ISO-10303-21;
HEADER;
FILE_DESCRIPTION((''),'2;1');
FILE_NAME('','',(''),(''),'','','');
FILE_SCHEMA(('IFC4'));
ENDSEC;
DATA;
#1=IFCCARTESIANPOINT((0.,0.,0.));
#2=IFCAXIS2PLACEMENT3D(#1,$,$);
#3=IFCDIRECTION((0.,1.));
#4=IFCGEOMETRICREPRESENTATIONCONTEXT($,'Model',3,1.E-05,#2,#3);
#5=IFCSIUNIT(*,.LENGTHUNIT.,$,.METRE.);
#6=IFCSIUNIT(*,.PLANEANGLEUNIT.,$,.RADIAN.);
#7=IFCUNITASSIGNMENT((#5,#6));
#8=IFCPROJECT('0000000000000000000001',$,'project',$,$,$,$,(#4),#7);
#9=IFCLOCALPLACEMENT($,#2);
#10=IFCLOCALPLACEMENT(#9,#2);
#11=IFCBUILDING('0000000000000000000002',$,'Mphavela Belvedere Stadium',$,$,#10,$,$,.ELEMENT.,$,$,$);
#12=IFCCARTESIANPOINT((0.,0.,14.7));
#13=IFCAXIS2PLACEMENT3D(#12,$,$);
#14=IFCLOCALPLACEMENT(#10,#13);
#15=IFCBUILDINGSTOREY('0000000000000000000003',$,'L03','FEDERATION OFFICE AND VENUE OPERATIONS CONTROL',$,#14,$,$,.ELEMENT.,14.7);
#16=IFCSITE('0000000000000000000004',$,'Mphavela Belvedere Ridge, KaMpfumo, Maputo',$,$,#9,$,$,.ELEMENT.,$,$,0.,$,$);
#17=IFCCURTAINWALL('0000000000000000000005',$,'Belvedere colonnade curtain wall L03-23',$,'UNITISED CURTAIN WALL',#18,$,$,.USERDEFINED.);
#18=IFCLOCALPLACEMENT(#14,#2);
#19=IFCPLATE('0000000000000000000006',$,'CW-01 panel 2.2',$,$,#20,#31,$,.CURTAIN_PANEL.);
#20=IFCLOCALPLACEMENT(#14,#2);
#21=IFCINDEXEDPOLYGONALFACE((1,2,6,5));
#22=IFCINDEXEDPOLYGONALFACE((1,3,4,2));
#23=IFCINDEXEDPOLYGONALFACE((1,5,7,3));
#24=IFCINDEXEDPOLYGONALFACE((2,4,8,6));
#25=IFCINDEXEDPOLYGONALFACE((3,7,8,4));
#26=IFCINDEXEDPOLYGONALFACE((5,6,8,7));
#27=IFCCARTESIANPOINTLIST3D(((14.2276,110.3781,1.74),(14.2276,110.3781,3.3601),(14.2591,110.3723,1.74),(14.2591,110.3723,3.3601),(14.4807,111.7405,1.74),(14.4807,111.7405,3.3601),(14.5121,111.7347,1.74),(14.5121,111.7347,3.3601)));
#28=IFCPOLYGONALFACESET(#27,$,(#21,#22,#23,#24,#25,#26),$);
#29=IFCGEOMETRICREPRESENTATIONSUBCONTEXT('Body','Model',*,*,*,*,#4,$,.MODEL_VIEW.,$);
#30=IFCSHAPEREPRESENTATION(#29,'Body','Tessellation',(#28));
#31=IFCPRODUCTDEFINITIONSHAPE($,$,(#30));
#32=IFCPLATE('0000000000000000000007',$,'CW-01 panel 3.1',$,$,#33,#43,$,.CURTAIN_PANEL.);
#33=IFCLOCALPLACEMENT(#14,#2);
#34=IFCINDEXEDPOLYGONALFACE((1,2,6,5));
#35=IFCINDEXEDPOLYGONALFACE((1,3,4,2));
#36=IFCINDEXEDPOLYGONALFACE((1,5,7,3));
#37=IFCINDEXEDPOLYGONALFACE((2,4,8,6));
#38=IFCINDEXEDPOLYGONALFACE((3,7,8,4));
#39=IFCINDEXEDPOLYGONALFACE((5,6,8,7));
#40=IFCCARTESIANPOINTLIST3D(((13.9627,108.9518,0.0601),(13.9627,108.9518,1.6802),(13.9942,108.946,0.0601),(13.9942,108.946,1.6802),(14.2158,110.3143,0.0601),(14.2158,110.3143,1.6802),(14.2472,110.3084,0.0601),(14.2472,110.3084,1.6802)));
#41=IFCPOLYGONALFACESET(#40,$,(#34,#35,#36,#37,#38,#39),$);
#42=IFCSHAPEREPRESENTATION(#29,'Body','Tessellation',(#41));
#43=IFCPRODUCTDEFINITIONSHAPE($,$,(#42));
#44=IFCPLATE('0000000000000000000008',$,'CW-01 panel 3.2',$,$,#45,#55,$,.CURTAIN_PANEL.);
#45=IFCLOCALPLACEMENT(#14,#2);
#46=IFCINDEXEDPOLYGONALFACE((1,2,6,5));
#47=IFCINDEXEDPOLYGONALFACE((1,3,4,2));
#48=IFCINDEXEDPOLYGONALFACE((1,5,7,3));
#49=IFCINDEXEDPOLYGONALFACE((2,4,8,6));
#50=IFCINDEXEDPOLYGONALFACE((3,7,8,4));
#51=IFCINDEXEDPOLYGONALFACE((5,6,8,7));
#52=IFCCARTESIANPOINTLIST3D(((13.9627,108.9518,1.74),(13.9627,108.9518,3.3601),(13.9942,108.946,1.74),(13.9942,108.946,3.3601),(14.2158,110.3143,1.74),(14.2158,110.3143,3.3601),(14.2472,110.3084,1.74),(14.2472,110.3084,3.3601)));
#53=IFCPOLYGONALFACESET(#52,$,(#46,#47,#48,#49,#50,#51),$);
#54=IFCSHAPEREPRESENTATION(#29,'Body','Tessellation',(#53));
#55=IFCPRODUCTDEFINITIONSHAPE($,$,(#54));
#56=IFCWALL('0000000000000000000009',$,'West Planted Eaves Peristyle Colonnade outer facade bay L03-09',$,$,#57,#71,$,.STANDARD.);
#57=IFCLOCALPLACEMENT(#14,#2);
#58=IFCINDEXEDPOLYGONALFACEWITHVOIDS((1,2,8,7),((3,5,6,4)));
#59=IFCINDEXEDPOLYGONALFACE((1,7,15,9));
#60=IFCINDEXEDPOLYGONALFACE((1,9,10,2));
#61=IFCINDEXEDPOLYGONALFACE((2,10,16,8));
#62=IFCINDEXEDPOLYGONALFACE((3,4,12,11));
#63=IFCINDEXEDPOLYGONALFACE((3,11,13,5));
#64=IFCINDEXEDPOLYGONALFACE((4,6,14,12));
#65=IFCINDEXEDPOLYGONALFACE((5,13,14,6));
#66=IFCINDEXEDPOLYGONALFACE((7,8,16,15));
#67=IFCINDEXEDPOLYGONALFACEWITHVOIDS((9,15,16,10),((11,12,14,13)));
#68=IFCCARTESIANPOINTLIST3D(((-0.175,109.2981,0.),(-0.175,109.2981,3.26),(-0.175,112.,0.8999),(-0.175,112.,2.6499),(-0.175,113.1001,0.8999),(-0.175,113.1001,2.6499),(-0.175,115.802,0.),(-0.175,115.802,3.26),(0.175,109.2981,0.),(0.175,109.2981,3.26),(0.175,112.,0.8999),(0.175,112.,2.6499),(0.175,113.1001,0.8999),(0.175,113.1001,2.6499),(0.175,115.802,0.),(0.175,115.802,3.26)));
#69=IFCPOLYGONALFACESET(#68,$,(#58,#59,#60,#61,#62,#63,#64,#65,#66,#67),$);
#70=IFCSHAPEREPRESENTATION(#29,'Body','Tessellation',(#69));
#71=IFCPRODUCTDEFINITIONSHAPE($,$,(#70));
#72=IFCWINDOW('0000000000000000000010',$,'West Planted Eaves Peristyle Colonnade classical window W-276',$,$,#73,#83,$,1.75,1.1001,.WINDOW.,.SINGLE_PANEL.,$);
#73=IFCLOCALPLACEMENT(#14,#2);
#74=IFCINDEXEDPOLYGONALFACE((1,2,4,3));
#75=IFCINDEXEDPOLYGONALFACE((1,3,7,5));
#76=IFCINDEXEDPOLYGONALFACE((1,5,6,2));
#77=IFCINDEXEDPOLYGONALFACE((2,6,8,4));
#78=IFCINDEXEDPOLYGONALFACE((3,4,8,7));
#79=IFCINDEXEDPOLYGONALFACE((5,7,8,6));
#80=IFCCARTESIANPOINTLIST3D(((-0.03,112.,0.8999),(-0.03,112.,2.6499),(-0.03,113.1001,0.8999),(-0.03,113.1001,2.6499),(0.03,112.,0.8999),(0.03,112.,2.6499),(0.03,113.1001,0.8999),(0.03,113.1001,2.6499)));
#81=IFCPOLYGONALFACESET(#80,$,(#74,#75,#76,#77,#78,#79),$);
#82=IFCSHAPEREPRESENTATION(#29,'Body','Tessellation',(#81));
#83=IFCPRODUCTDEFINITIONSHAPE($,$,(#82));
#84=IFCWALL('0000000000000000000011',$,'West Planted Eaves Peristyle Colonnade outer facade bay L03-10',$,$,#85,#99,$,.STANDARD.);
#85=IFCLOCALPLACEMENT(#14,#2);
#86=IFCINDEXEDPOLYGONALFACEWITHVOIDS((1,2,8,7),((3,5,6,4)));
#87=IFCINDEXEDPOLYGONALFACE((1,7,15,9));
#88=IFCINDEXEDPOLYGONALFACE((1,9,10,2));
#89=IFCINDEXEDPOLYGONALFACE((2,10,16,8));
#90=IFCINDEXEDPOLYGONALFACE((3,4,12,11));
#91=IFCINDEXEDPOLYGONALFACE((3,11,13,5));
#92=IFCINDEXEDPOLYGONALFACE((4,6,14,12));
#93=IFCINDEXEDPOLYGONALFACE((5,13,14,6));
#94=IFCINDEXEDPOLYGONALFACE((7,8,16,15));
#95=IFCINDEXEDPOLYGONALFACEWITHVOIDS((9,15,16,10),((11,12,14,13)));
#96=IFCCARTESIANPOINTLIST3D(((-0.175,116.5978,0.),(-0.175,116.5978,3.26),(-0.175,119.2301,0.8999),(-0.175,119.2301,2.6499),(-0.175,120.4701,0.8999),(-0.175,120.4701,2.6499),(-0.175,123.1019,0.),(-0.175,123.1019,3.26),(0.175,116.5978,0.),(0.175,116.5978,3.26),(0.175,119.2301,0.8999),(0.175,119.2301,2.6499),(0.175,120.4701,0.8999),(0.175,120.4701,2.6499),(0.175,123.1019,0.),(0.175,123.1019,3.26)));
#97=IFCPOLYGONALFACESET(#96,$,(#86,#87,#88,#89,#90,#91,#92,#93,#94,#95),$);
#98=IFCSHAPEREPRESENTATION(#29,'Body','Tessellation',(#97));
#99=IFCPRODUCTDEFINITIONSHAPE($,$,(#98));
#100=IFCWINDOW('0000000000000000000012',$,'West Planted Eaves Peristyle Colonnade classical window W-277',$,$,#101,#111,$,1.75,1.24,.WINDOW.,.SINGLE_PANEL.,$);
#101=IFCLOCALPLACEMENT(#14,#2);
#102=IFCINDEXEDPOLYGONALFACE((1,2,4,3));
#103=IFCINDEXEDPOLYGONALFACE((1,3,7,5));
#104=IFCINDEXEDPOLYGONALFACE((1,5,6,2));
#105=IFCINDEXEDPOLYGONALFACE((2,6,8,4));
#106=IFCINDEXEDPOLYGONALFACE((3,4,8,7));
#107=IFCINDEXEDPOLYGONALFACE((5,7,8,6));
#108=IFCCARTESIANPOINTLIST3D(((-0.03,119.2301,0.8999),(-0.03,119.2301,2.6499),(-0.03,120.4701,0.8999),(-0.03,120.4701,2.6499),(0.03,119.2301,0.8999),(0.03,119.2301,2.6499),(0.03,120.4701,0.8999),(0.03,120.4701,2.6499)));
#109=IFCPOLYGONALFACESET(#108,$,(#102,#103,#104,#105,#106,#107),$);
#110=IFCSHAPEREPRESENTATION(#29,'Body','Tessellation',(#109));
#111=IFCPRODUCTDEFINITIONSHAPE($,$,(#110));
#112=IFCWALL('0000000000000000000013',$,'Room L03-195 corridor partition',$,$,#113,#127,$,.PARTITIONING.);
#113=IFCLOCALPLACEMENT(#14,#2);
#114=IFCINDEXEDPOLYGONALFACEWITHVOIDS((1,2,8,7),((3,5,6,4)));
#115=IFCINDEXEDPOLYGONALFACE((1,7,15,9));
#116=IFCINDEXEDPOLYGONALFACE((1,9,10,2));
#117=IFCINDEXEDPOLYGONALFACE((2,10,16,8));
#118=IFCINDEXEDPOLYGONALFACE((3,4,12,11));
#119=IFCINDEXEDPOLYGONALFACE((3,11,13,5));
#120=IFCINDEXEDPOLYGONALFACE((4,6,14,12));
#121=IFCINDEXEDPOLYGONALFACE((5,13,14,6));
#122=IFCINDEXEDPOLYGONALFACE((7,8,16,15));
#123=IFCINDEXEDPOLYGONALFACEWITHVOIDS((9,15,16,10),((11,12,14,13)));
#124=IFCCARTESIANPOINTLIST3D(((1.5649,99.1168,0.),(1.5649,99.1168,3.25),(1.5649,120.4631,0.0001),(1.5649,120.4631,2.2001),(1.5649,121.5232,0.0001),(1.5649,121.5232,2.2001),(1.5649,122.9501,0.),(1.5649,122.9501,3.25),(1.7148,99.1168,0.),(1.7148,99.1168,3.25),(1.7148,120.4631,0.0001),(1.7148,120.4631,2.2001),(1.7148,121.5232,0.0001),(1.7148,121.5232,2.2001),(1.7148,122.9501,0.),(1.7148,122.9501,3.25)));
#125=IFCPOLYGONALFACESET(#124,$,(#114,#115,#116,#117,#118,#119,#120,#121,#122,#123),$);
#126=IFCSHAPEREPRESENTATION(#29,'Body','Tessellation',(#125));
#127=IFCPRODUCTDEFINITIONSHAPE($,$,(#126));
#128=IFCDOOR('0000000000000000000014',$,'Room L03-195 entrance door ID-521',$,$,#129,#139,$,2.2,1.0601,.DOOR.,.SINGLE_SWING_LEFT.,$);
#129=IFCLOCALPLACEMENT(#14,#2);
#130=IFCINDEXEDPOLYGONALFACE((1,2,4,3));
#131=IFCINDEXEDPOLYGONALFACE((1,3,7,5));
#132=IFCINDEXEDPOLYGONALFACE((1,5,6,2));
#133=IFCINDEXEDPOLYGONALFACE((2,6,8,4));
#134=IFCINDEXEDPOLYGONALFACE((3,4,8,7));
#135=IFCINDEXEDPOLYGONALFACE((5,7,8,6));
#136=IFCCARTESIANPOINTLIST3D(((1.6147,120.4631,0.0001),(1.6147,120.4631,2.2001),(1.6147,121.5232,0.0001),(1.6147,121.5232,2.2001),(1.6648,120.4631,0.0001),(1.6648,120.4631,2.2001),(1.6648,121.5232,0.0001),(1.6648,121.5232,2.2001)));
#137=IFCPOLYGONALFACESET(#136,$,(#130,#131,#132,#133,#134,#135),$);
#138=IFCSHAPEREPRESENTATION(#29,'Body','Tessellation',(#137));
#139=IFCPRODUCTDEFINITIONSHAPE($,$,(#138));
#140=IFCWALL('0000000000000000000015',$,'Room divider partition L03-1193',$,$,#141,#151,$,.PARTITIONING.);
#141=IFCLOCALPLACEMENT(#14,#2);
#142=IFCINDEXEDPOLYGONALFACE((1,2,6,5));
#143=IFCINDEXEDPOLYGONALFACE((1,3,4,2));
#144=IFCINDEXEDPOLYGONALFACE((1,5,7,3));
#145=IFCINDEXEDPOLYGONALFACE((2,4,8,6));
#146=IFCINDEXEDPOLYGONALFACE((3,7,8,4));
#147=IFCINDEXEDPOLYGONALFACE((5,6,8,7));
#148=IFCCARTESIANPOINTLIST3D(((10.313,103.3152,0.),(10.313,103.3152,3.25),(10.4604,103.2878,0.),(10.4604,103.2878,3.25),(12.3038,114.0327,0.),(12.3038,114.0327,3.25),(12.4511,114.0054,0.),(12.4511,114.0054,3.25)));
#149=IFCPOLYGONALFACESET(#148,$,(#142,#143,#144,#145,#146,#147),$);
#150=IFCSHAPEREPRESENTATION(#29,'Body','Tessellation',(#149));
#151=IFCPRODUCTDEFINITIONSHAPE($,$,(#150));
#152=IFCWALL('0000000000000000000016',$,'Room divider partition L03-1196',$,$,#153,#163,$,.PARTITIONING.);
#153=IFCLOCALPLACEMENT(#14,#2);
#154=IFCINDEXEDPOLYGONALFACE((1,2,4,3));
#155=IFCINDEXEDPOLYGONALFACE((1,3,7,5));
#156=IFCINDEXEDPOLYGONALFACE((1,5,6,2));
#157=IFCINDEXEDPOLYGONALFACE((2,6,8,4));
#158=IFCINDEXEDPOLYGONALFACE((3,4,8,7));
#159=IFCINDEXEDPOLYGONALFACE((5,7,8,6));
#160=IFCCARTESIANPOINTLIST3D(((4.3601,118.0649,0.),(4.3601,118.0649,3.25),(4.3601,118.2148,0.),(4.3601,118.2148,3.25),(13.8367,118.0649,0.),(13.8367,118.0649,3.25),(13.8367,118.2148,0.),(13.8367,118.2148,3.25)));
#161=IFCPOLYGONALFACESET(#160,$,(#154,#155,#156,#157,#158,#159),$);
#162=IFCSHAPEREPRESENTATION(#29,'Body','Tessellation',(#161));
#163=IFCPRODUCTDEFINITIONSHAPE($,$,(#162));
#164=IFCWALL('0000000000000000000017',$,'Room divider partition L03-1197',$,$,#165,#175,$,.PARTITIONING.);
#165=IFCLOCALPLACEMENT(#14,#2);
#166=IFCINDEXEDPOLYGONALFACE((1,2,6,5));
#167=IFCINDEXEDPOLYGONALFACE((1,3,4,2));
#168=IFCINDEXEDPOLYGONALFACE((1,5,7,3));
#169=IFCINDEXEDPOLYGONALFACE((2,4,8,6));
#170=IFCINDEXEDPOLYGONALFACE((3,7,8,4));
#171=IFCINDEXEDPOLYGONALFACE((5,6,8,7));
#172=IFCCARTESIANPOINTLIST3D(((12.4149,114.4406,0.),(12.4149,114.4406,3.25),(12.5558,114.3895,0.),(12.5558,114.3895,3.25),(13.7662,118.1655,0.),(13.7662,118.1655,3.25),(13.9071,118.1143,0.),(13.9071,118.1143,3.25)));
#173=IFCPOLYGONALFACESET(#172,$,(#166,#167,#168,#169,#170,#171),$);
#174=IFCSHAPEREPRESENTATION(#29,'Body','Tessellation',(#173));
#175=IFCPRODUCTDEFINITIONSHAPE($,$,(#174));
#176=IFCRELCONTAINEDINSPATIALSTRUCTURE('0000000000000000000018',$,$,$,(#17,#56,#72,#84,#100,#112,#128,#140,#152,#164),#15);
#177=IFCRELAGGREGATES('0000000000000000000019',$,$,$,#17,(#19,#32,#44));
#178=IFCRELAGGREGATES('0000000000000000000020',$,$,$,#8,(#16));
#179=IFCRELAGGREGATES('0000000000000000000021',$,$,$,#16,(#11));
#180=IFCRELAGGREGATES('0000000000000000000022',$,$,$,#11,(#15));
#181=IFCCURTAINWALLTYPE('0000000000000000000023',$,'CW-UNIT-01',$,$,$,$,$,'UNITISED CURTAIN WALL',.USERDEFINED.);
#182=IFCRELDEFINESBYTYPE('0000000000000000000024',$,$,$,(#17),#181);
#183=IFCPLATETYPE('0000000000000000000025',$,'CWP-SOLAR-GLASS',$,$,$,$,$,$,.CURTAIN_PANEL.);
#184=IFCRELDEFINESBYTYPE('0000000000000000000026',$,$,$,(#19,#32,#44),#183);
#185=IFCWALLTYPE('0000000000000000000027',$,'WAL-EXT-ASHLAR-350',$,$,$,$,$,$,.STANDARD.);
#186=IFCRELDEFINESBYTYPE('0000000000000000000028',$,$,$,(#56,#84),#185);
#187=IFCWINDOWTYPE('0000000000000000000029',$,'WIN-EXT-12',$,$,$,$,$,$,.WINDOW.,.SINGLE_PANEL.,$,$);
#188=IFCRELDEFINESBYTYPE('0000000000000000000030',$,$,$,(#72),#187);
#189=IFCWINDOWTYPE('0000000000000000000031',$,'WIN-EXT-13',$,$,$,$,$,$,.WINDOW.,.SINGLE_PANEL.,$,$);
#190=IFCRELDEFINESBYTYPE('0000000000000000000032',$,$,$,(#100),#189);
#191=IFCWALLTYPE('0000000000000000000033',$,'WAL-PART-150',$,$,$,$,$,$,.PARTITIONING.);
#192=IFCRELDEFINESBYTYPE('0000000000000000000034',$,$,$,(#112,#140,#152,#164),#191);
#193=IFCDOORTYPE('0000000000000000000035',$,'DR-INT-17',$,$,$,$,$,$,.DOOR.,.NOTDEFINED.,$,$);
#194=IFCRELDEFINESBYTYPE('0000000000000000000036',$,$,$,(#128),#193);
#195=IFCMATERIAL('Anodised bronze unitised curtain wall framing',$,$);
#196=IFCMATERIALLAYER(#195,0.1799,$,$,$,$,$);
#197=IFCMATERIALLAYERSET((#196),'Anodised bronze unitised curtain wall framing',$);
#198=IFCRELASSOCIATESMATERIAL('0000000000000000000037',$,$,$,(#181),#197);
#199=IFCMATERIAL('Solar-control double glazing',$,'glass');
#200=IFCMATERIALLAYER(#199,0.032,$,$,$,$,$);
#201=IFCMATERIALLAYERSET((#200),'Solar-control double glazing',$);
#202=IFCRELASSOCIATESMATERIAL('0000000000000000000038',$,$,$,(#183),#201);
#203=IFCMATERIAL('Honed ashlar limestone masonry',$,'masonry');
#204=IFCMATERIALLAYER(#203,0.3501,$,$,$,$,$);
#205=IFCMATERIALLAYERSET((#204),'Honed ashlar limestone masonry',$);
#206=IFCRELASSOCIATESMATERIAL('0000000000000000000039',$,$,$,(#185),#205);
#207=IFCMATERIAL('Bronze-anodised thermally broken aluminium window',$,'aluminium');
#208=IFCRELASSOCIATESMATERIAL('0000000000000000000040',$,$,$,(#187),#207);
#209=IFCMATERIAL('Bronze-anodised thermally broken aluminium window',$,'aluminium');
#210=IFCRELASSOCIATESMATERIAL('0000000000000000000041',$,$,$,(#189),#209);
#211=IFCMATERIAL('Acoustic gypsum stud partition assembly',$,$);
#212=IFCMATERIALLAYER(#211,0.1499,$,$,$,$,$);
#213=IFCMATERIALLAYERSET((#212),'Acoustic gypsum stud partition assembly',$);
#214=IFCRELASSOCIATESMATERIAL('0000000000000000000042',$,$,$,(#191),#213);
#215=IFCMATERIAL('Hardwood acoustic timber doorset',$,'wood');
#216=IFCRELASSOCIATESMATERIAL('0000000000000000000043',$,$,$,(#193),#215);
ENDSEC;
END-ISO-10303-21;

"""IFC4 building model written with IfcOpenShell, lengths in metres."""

from ifc_helpers import new_model, si_unit, direction, frame, frame_2d, origin, origin_2d, place, context, subcontext, project, spatial, rectangle, extrude, material, layer, layer_set, type_object, element, fill, aggregate, save


model = new_model("IFC4")

# Units and contexts
model_context = context("Model", 3, precision=1e-05, world=origin(), true_north=direction((0.0, 1.0)))
body_context = subcontext(model_context, "Body", "Model", "MODEL_VIEW")
ifc_project = project(units=[si_unit("LENGTHUNIT", "METRE"), si_unit("PLANEANGLEUNIT", "RADIAN")], contexts=[model_context])

# Site, building, storey
site_placement = place(None, origin())
site = spatial("IfcSite", under=ifc_project, at=site_placement, Name="Mphavela Belvedere Ridge, KaMpfumo, Maputo", CompositionType="ELEMENT", RefElevation=0.0)
building_placement = place(site_placement, origin())
building = spatial("IfcBuilding", under=site, at=building_placement, Name="Mphavela Belvedere Stadium", CompositionType="ELEMENT")
storey_placement = place(building_placement, frame((0.0, 0.0, 14.7)))
storey = spatial("IfcBuildingStorey", under=building, at=storey_placement, Name="L03", Description="FEDERATION OFFICE AND VENUE OPERATIONS CONTROL", CompositionType="ELEMENT", Elevation=14.7)

# Curtain wall, plates
ifc_material_1 = material(Name="Anodised bronze unitised curtain wall framing")
ifc_layer_1 = layer(ifc_material_1, 0.1799)
ifc_layer_set_1 = layer_set([ifc_layer_1], Name="Anodised bronze unitised curtain wall framing")
curtain_wall_type = type_object("IfcCurtainWallType", Name="CW-UNIT-01", ElementType="UNITISED CURTAIN WALL", PredefinedType="USERDEFINED", material=ifc_layer_set_1)
curtain_wall_placement = place(storey_placement, origin())
curtain_wall = element("IfcCurtainWall", 1, at=curtain_wall_placement, inside=storey, type_object=curtain_wall_type, Name="Belvedere colonnade curtain wall L03-23", ObjectType="UNITISED CURTAIN WALL", PredefinedType="USERDEFINED")
ifc_material_2 = material(Name="Solar-control double glazing", Category="glass")
ifc_layer_2 = layer(ifc_material_2, 0.032)
ifc_layer_set_2 = layer_set([ifc_layer_2], Name="Solar-control double glazing")
plate_type = type_object("IfcPlateType", Name="CWP-SOLAR-GLASS", PredefinedType="CURTAIN_PANEL", material=ifc_layer_set_2)
plate_1_placement = place(storey_placement, frame((14.3699, 111.0564, 1.74), z_axis=(0.0, 0.0, 1.0), x_axis=(-0.182631, -0.983181, 0.0)))
plate_1 = element("IfcPlate", 2, at=plate_1_placement, type_object=plate_type, Name="CW-01 panel 2.2", PredefinedType="CURTAIN_PANEL", context=body_context, shape_type="SweptSolid", body=[
    extrude(rectangle(XDim=1.3857, YDim=0.032, at=origin_2d()), origin(), (0.0, 0.0, 1.0), 1.6201),
])
plate_2_placement = place(storey_placement, frame((14.105, 109.6301, 0.0601), z_axis=(0.0, 0.0, 1.0), x_axis=(-0.182631, -0.983181, 0.0)))
plate_2 = element("IfcPlate", 3, at=plate_2_placement, type_object=plate_type, Name="CW-01 panel 3.1", PredefinedType="CURTAIN_PANEL", context=body_context, shape_type="SweptSolid", body=[
    extrude(rectangle(XDim=1.3857, YDim=0.032, at=origin_2d()), origin(), (0.0, 0.0, 1.0), 1.6201),
])
plate_3_placement = place(storey_placement, frame((14.105, 109.6301, 1.74), z_axis=(0.0, 0.0, 1.0), x_axis=(-0.182631, -0.983181, 0.0)))
plate_3 = element("IfcPlate", 4, at=plate_3_placement, type_object=plate_type, Name="CW-01 panel 3.2", PredefinedType="CURTAIN_PANEL", context=body_context, shape_type="SweptSolid", body=[
    extrude(rectangle(XDim=1.3857, YDim=0.032, at=origin_2d()), origin(), (0.0, 0.0, 1.0), 1.6201),
])
aggregate(curtain_wall, [plate_1, plate_2, plate_3])

# Walls, openings, windows
ifc_material_3 = material(Name="Honed ashlar limestone masonry", Category="masonry")
ifc_layer_3 = layer(ifc_material_3, 0.3501)
ifc_layer_set_3 = layer_set([ifc_layer_3], Name="Honed ashlar limestone masonry")
wall_type_1 = type_object("IfcWallType", Name="WAL-EXT-ASHLAR-350", PredefinedType="STANDARD", material=ifc_layer_set_3)
wall_1_placement = place(storey_placement, frame((0.0, 109.2981, 0.0), z_axis=(0.0, 0.0, 1.0), x_axis=(0.0, 1.0, 0.0)))
wall_1 = element("IfcWall", 5, at=wall_1_placement, inside=storey, type_object=wall_type_1, Name="West Planted Eaves Peristyle Colonnade outer facade bay L03-09", PredefinedType="STANDARD", context=body_context, shape_type="SweptSolid", body=[
    extrude(rectangle(XDim=6.5039, YDim=0.3501, at=frame_2d((3.252, 0.0))), origin(), (0.0, 0.0, 1.0), 3.26),
])
opening_1_placement = place(wall_1_placement, frame((2.7019, 0.0, 0.8999)))
opening_1 = element("IfcOpeningElement", 6, at=opening_1_placement, cuts=wall_1, PredefinedType="OPENING", context=body_context, shape_type="SweptSolid", body=[
    extrude(rectangle(XDim=1.1001, YDim=1.75, at=frame_2d((0.55, 0.875))), frame((0.0, 0.1851, 0.0), z_axis=(0.0, -1.0, 0.0), x_axis=(1.0, 0.0, 0.0)), (0.0, 0.0, 1.0), 0.3701),
])
ifc_material_4 = material(Name="Bronze-anodised thermally broken aluminium window", Category="aluminium")
window_type_1 = type_object("IfcWindowType", Name="WIN-EXT-12", PartitioningType="SINGLE_PANEL", PredefinedType="WINDOW", material=ifc_material_4)
window_1_placement = place(opening_1_placement, origin())
window_1 = element("IfcWindow", 7, at=window_1_placement, inside=storey, type_object=window_type_1, Name="West Planted Eaves Peristyle Colonnade classical window W-276", OverallHeight=1.75, OverallWidth=1.1001, PartitioningType="SINGLE_PANEL", PredefinedType="WINDOW", context=body_context, shape_type="SweptSolid", body=[
    extrude(rectangle(XDim=1.1001, YDim=1.75, at=frame_2d((0.55, 0.875))), frame((0.0, 0.03, 0.0), z_axis=(0.0, -1.0, 0.0), x_axis=(1.0, 0.0, 0.0)), (0.0, 0.0, 1.0), 0.0601),
])
fill(opening_1, window_1)
wall_2_placement = place(storey_placement, frame((0.0, 116.5979, 0.0), z_axis=(0.0, 0.0, 1.0), x_axis=(0.0, 1.0, 0.0)))
wall_2 = element("IfcWall", 8, at=wall_2_placement, inside=storey, type_object=wall_type_1, Name="West Planted Eaves Peristyle Colonnade outer facade bay L03-10", PredefinedType="STANDARD", context=body_context, shape_type="SweptSolid", body=[
    extrude(rectangle(XDim=6.5042, YDim=0.3501, at=frame_2d((3.252, 0.0))), origin(), (0.0, 0.0, 1.0), 3.26),
])
opening_2_placement = place(wall_2_placement, frame((2.6321, 0.0, 0.8999)))
opening_2 = element("IfcOpeningElement", 9, at=opening_2_placement, cuts=wall_2, PredefinedType="OPENING", context=body_context, shape_type="SweptSolid", body=[
    extrude(rectangle(XDim=1.24, YDim=1.75, at=frame_2d((0.6201, 0.875))), frame((0.0, 0.1851, 0.0), z_axis=(0.0, -1.0, 0.0), x_axis=(1.0, 0.0, 0.0)), (0.0, 0.0, 1.0), 0.3701),
])
ifc_material_5 = material(Name="Bronze-anodised thermally broken aluminium window", Category="aluminium")
window_type_2 = type_object("IfcWindowType", Name="WIN-EXT-13", PartitioningType="SINGLE_PANEL", PredefinedType="WINDOW", material=ifc_material_5)
window_2_placement = place(opening_2_placement, origin())
window_2 = element("IfcWindow", 10, at=window_2_placement, inside=storey, type_object=window_type_2, Name="West Planted Eaves Peristyle Colonnade classical window W-277", OverallHeight=1.75, OverallWidth=1.24, PartitioningType="SINGLE_PANEL", PredefinedType="WINDOW", context=body_context, shape_type="SweptSolid", body=[
    extrude(rectangle(XDim=1.24, YDim=1.75, at=frame_2d((0.6201, 0.875))), frame((0.0, 0.03, 0.0), z_axis=(0.0, -1.0, 0.0), x_axis=(1.0, 0.0, 0.0)), (0.0, 0.0, 1.0), 0.0601),
])
fill(opening_2, window_2)

# Wall, opening, door
ifc_material_6 = material(Name="Acoustic gypsum stud partition assembly")
ifc_layer_4 = layer(ifc_material_6, 0.1499)
ifc_layer_set_4 = layer_set([ifc_layer_4], Name="Acoustic gypsum stud partition assembly")
wall_type_2 = type_object("IfcWallType", Name="WAL-PART-150", PredefinedType="PARTITIONING", material=ifc_layer_set_4)
wall_3_placement = place(storey_placement, frame((1.6399, 122.95, 0.0), z_axis=(0.0, 0.0, 1.0), x_axis=(0.0, -1.0, 0.0)))
wall_3 = element("IfcWall", 11, at=wall_3_placement, inside=storey, type_object=wall_type_2, Name="Room L03-195 corridor partition", PredefinedType="PARTITIONING", context=body_context, shape_type="SweptSolid", body=[
    extrude(rectangle(XDim=23.8333, YDim=0.1499, at=frame_2d((11.9165, 0.0))), origin(), (0.0, 0.0, 1.0), 3.25),
])
opening_3_placement = place(wall_3_placement, frame((1.4268, 0.0, 0.0)))
opening_3 = element("IfcOpeningElement", 12, at=opening_3_placement, cuts=wall_3, PredefinedType="OPENING", context=body_context, shape_type="SweptSolid", body=[
    extrude(rectangle(XDim=1.0601, YDim=2.2, at=frame_2d((0.53, 1.1001))), frame((0.0, 0.085, 0.0), z_axis=(0.0, -1.0, 0.0), x_axis=(1.0, 0.0, 0.0)), (0.0, 0.0, 1.0), 0.1699),
])
ifc_material_7 = material(Name="Hardwood acoustic timber doorset", Category="wood")
door_type = type_object("IfcDoorType", Name="DR-INT-17", OperationType="NOTDEFINED", PredefinedType="DOOR", material=ifc_material_7)
door_placement = place(opening_3_placement, origin())
door = element("IfcDoor", 13, at=door_placement, inside=storey, type_object=door_type, Name="Room L03-195 entrance door ID-521", OperationType="SINGLE_SWING_LEFT", OverallHeight=2.2, OverallWidth=1.0601, PredefinedType="DOOR", context=body_context, shape_type="SweptSolid", body=[
    extrude(rectangle(XDim=1.0601, YDim=2.2, at=frame_2d((0.53, 1.1001))), frame((0.0, 0.0249, 0.0), z_axis=(0.0, -1.0, 0.0), x_axis=(1.0, 0.0, 0.0)), (0.0, 0.0, 1.0), 0.05),
])
fill(opening_3, door)

# Walls
wall_4_placement = place(storey_placement, frame((12.3774, 114.019, 0.0), z_axis=(0.0, 0.0, 1.0), x_axis=(-0.182621, -0.983183, 0.0)))
element("IfcWall", 14, at=wall_4_placement, inside=storey, type_object=wall_type_2, Name="Room divider partition L03-1193", PredefinedType="PARTITIONING", context=body_context, shape_type="SweptSolid", body=[
    extrude(rectangle(XDim=10.9009, YDim=0.1499, at=frame_2d((5.4504, 0.0))), origin(), (0.0, 0.0, 1.0), 3.25),
])
wall_5_placement = place(storey_placement, frame((4.3601, 118.1399, 0.0), z_axis=(0.0, 0.0, 1.0), x_axis=(1.0, 0.0, 0.0)))
element("IfcWall", 15, at=wall_5_placement, inside=storey, type_object=wall_type_2, Name="Room divider partition L03-1196", PredefinedType="PARTITIONING", context=body_context, shape_type="SweptSolid", body=[
    extrude(rectangle(XDim=9.4766, YDim=0.1499, at=frame_2d((4.7383, 0.0))), origin(), (0.0, 0.0, 1.0), 3.25),
])
wall_6_placement = place(storey_placement, frame((13.8367, 118.1399, 0.0), z_axis=(0.0, 0.0, 1.0), x_axis=(-0.341036, -0.94005, 0.0)))
element("IfcWall", 16, at=wall_6_placement, inside=storey, type_object=wall_type_2, Name="Room divider partition L03-1197", PredefinedType="PARTITIONING", context=body_context, shape_type="SweptSolid", body=[
    extrude(rectangle(XDim=3.9624, YDim=0.1499, at=frame_2d((1.9812, 0.0))), origin(), (0.0, 0.0, 1.0), 3.25),
])

save(model, "model.ifc")
